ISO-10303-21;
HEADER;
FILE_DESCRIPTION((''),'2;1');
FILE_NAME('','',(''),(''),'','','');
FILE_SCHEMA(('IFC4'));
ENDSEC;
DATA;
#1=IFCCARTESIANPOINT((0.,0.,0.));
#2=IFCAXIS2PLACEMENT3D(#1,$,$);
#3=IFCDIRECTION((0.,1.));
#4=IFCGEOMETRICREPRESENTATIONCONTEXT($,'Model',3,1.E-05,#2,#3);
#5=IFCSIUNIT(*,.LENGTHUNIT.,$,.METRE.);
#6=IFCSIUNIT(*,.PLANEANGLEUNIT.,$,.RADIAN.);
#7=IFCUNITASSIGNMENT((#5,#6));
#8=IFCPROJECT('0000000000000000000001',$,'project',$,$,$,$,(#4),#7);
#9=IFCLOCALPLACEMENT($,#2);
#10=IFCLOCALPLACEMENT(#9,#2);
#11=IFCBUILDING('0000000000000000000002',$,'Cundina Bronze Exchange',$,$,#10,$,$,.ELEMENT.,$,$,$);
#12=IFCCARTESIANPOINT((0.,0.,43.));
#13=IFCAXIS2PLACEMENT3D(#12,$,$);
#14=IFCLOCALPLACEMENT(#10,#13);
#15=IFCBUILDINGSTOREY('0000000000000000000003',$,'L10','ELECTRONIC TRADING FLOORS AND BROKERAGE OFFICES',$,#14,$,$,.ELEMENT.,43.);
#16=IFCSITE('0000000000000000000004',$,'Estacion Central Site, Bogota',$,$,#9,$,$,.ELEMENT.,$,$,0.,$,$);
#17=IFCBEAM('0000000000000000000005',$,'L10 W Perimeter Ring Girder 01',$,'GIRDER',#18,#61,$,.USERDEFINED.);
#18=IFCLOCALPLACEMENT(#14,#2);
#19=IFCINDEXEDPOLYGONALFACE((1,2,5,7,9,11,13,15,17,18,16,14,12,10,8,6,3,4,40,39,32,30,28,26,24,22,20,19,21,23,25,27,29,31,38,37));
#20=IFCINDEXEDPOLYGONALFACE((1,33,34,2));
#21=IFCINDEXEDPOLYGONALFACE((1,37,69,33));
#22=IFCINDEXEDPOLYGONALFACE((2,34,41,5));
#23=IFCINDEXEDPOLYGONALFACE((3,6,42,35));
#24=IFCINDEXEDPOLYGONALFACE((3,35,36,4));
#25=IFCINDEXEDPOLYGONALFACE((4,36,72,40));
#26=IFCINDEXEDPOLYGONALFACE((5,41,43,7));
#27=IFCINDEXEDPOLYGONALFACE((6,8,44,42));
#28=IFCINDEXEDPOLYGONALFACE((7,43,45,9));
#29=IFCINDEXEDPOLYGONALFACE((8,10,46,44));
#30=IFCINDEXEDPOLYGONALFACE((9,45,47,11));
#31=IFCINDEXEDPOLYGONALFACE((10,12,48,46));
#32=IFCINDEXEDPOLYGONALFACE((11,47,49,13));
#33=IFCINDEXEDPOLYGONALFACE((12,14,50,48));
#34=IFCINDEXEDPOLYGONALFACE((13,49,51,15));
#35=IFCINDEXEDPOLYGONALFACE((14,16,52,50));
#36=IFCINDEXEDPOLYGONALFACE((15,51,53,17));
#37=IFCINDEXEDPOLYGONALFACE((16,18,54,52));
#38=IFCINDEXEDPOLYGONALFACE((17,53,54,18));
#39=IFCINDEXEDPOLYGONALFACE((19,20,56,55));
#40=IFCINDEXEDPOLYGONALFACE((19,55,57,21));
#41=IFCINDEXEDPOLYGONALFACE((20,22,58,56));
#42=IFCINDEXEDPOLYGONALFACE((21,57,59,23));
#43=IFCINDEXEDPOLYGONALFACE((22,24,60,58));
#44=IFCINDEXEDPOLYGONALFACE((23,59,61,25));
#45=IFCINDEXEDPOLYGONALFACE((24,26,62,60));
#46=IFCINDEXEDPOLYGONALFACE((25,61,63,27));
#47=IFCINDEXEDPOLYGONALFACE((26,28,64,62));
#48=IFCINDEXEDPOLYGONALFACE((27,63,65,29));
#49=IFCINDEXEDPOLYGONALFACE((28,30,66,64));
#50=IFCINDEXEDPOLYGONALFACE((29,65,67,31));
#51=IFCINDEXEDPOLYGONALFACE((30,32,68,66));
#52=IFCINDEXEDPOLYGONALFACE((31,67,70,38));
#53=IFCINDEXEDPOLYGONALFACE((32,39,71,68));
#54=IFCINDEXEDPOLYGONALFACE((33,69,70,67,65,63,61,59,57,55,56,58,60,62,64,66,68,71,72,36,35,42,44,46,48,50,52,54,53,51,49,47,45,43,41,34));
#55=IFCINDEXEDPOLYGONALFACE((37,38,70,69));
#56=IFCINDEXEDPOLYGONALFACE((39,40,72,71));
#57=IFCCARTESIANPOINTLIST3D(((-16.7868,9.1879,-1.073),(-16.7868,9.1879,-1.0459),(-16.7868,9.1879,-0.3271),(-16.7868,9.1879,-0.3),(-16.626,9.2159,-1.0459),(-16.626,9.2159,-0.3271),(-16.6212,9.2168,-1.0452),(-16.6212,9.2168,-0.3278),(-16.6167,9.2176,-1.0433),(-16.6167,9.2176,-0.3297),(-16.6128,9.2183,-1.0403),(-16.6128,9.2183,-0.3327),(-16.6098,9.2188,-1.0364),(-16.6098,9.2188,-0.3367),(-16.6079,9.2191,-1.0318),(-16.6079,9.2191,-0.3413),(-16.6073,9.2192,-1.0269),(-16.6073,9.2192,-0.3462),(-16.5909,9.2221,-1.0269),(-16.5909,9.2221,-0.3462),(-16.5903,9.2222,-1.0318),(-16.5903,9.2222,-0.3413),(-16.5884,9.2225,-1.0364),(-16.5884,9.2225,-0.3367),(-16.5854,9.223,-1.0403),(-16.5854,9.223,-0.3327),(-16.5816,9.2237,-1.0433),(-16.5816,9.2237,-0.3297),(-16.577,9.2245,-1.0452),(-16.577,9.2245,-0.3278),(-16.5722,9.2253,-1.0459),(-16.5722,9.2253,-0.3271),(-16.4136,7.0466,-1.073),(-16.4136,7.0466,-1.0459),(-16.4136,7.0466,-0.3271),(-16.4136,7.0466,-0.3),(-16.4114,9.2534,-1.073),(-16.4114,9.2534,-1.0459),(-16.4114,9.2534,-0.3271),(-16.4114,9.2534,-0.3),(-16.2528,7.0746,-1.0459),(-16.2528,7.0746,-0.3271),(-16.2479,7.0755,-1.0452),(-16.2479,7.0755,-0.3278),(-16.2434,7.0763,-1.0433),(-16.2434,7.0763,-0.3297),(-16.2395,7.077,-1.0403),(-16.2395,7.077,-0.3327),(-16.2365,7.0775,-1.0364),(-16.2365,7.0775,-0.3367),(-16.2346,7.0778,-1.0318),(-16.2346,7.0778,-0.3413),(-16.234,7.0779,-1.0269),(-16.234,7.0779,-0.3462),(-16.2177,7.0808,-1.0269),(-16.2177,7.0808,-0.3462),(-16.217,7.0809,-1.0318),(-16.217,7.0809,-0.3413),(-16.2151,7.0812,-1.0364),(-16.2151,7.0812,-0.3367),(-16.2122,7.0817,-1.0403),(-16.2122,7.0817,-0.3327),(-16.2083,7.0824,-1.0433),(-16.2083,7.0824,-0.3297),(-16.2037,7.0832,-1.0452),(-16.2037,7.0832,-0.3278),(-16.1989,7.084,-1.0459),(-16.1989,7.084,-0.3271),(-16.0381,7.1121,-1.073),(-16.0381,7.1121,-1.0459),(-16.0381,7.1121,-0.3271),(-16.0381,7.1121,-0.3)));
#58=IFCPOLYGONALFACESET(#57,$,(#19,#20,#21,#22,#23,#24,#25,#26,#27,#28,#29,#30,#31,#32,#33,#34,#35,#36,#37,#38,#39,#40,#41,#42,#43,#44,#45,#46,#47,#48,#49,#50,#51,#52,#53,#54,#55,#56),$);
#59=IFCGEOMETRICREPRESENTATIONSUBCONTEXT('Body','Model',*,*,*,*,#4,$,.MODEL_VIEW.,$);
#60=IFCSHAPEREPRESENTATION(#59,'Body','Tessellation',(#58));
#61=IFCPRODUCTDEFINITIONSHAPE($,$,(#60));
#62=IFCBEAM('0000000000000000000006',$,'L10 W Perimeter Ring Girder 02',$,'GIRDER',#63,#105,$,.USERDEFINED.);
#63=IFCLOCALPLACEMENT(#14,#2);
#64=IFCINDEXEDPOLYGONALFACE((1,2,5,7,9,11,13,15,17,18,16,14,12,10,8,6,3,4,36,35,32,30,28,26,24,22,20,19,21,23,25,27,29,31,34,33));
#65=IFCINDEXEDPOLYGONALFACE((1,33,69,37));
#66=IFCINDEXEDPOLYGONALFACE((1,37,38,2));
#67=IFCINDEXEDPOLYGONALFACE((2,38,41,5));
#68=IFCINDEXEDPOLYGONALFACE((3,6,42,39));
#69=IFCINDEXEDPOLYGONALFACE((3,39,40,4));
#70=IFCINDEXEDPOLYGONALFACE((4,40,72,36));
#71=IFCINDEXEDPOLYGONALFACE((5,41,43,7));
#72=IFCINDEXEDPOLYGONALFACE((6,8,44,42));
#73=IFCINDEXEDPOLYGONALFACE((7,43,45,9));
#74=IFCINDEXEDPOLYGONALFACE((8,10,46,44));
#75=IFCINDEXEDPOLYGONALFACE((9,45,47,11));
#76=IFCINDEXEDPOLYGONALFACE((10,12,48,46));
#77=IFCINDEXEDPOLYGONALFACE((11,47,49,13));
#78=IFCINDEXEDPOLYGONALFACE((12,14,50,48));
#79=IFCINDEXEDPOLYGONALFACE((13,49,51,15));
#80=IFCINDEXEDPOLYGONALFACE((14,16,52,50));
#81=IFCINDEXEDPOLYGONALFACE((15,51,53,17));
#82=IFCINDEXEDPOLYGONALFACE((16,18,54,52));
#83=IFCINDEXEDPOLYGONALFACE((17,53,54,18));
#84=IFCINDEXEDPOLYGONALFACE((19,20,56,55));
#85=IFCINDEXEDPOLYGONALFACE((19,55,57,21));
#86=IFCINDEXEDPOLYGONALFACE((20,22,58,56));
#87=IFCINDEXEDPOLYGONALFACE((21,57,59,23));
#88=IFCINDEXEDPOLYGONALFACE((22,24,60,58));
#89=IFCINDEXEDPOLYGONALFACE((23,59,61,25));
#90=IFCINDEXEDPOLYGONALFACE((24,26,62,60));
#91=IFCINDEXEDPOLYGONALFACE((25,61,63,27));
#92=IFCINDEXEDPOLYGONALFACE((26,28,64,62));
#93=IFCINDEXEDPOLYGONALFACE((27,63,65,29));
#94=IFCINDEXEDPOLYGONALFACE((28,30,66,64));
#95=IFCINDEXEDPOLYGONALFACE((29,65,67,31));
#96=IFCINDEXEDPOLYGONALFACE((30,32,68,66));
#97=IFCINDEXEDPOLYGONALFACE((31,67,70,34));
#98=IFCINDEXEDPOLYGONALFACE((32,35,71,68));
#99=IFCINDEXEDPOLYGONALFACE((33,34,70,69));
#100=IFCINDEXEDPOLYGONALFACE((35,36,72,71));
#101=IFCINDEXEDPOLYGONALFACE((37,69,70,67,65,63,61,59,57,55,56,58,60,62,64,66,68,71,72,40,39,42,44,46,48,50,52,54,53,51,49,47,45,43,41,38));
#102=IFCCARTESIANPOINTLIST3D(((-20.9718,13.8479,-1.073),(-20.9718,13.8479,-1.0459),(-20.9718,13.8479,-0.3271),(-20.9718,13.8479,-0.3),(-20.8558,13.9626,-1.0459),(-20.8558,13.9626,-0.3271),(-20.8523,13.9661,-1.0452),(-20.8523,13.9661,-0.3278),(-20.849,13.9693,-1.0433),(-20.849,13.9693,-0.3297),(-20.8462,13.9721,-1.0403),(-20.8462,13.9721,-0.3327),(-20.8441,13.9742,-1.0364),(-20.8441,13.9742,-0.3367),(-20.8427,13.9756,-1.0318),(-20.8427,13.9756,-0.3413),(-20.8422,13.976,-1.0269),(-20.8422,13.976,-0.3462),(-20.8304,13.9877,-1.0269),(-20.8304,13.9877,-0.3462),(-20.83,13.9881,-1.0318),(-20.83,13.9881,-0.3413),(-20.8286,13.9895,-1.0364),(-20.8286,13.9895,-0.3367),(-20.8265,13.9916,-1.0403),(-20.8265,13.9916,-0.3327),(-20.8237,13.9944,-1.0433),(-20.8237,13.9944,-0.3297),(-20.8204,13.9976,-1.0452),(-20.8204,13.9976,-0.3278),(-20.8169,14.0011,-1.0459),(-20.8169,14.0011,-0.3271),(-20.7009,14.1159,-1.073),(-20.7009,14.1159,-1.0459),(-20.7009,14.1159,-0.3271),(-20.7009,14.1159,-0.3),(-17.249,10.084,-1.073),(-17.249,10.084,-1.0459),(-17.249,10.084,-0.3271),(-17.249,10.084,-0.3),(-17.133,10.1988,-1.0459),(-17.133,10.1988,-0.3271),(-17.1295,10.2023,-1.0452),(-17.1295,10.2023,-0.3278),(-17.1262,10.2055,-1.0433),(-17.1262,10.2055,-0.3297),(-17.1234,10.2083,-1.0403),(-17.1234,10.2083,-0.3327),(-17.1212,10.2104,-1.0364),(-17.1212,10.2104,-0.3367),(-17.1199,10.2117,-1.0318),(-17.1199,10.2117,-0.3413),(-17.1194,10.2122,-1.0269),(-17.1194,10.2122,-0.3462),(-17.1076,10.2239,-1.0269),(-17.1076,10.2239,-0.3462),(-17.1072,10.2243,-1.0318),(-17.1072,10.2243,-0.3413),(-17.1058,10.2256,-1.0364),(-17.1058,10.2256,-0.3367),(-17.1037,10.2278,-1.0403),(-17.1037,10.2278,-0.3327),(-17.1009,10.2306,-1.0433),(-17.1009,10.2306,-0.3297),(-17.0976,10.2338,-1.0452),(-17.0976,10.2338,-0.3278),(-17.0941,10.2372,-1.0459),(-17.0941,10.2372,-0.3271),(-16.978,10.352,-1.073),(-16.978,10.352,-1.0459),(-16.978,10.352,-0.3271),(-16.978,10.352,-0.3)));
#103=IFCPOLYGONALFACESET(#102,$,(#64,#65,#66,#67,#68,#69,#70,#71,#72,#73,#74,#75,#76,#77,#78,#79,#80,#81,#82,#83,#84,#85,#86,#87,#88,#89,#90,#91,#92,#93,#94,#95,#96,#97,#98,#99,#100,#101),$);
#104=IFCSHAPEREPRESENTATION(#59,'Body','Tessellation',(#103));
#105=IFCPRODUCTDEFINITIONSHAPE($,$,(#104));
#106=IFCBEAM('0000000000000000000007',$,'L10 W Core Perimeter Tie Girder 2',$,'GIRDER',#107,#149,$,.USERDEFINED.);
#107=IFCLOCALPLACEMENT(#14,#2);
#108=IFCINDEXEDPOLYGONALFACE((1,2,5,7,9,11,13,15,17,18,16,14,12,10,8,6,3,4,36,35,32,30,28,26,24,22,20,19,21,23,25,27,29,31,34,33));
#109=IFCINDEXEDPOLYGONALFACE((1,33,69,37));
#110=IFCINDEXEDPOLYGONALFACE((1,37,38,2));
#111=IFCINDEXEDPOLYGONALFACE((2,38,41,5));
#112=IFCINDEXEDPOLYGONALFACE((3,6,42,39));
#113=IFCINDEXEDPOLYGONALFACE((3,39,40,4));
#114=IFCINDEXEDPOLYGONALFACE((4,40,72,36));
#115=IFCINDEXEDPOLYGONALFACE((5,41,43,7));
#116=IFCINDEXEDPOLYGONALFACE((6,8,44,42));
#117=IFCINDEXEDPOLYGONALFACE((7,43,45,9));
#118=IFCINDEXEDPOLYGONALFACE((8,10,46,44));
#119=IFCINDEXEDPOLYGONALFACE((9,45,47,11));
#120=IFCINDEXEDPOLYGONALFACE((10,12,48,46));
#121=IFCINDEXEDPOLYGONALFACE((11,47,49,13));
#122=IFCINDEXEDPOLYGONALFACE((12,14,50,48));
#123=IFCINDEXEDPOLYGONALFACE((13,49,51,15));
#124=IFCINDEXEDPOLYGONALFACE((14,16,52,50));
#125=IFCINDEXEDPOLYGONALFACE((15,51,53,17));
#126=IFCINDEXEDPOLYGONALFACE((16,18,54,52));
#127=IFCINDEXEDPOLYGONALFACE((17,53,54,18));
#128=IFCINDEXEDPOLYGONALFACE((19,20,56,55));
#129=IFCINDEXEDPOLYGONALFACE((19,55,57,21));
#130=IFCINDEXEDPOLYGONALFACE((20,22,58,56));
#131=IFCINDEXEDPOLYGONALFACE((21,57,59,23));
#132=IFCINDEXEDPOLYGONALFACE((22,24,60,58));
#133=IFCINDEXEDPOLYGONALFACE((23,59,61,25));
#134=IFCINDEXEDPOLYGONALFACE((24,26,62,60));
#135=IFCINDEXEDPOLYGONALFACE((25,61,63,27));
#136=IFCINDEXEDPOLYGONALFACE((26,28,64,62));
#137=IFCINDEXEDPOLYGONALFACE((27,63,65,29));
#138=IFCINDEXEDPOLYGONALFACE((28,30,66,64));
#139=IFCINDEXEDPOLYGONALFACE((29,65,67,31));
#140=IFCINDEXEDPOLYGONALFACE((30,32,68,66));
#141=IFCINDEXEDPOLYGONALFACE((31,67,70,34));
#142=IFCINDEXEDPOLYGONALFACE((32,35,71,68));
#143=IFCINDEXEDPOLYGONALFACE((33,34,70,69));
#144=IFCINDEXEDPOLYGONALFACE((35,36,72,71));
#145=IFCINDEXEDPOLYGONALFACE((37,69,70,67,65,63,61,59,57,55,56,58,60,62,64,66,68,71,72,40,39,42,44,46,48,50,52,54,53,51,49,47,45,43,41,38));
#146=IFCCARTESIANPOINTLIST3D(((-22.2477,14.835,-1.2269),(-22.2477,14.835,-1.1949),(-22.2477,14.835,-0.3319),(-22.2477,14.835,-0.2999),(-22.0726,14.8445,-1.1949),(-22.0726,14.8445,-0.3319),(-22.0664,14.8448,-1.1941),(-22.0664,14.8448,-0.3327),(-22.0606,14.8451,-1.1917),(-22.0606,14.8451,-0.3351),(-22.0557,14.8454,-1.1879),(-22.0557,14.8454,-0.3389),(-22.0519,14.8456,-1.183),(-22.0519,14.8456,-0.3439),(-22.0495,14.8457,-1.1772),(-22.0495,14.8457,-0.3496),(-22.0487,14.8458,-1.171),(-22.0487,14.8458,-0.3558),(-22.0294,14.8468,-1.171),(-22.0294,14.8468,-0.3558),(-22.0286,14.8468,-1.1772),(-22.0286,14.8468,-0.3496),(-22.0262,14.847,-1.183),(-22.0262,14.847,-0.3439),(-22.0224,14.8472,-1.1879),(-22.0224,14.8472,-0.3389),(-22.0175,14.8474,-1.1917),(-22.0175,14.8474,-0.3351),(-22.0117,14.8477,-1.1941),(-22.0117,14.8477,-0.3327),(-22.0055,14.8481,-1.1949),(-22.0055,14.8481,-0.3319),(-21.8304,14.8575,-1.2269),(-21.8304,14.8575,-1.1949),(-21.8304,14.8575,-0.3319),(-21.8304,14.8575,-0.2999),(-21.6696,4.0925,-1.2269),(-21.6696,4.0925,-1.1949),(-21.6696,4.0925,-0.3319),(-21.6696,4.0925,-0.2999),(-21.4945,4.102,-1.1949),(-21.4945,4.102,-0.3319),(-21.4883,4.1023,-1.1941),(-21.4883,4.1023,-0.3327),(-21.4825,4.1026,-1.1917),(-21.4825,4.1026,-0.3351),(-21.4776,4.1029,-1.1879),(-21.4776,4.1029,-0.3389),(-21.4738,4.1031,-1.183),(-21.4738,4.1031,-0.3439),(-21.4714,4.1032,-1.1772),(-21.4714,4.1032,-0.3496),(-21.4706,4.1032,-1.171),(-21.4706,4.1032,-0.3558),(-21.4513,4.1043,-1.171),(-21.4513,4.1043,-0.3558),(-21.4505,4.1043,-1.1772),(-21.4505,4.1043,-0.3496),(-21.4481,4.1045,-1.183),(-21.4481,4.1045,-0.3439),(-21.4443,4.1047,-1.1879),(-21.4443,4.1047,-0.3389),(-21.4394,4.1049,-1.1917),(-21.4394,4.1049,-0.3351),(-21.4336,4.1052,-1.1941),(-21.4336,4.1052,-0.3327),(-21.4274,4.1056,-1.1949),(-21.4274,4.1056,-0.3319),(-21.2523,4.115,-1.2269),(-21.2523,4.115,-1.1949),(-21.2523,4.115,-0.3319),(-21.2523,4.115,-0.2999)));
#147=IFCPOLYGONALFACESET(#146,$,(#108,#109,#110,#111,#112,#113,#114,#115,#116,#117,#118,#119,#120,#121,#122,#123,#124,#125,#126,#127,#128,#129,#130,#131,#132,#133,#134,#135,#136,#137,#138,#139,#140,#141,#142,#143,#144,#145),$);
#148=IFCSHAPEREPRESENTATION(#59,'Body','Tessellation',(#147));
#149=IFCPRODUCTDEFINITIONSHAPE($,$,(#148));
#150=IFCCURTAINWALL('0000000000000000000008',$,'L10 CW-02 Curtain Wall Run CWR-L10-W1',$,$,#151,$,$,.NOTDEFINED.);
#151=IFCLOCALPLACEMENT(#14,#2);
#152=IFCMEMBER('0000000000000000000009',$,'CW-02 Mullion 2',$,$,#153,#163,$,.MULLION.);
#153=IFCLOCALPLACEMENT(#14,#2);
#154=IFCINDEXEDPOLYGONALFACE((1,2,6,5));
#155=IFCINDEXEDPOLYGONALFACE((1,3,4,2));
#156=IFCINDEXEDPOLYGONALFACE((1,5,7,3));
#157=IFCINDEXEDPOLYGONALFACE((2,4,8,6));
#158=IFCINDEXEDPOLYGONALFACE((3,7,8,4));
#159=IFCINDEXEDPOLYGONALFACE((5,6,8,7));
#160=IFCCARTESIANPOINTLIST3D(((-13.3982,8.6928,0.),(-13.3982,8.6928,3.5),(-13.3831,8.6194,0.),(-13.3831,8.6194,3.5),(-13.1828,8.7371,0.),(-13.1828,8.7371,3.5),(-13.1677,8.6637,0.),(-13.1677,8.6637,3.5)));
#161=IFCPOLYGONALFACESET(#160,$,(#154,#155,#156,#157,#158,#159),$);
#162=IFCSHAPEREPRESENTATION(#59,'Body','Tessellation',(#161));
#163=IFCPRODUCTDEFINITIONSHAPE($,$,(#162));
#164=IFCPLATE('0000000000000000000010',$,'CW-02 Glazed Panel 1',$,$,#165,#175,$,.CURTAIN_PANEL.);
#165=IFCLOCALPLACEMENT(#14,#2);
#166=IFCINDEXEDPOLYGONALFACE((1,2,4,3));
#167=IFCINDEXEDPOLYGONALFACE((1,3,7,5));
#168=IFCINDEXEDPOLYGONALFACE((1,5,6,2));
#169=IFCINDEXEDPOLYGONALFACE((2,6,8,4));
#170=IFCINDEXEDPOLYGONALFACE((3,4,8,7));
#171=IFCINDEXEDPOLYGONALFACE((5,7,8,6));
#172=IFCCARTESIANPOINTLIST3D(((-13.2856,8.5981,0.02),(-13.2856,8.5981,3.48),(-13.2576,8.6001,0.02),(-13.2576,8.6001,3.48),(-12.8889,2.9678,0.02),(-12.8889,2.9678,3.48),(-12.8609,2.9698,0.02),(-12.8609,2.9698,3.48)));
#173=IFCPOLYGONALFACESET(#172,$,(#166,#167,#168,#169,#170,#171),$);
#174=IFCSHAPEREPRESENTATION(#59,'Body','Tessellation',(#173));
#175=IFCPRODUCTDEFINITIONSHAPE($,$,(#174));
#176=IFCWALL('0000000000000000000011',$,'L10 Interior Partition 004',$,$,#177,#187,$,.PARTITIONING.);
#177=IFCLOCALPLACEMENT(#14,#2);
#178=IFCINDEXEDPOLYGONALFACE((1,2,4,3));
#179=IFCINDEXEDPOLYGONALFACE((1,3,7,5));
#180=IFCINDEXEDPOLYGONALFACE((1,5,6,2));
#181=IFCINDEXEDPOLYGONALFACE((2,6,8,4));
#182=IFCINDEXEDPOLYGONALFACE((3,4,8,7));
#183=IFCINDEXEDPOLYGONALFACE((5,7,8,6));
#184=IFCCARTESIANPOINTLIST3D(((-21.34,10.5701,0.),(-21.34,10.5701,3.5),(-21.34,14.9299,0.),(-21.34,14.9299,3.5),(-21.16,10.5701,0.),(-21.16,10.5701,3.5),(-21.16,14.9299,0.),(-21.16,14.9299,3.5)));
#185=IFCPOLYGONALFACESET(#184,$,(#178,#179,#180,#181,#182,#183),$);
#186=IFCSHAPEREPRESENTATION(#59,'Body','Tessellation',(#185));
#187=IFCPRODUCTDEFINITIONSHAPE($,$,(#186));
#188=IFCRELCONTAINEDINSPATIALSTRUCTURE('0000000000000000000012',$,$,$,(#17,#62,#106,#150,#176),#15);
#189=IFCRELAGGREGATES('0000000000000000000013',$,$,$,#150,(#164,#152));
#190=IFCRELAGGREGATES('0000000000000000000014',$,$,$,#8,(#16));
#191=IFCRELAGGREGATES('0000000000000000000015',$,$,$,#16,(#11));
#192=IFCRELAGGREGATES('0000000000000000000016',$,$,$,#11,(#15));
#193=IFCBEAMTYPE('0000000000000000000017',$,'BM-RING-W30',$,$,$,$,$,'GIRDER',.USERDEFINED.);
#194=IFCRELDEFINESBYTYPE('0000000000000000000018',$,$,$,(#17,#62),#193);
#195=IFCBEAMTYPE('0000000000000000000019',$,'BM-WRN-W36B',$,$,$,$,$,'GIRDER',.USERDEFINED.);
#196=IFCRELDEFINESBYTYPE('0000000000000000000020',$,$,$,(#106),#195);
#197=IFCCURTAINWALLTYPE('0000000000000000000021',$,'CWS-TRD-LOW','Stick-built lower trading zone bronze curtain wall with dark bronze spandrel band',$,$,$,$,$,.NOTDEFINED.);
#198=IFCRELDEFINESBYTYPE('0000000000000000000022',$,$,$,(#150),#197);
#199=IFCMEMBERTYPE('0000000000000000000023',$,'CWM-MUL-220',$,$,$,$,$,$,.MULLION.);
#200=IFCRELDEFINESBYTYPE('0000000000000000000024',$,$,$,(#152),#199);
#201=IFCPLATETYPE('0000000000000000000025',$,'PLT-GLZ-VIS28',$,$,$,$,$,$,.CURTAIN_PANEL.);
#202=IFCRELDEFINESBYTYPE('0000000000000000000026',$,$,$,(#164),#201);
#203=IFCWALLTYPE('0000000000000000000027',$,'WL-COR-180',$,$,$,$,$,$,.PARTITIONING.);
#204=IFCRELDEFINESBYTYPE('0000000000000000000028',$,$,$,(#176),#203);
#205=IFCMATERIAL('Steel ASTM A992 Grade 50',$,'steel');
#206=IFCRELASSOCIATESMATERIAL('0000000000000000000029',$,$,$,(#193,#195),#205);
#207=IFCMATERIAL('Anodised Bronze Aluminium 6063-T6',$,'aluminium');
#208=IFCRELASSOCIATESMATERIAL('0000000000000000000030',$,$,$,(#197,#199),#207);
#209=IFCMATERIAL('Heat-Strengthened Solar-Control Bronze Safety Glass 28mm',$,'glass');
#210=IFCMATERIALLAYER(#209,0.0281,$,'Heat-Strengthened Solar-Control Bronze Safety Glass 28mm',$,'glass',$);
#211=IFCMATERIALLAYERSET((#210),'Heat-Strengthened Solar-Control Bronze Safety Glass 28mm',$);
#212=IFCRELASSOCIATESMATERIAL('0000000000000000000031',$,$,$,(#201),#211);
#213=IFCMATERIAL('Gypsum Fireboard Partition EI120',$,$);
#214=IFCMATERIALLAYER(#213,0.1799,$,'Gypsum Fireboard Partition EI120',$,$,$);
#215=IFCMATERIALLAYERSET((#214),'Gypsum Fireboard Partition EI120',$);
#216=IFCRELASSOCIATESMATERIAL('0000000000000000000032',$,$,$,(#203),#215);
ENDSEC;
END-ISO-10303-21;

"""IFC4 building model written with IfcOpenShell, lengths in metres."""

from ifc_helpers import new_model, si_unit, direction, frame, frame_2d, origin, origin_2d, place, context, subcontext, project, spatial, rectangle, i_section, extrude, material, layer, layer_set, material_profile, profile_set, type_object, element, aggregate, save


model = new_model("IFC4")

# Units and contexts
model_context = context("Model", 3, precision=1e-05, world=origin(), true_north=direction((0.0, 1.0)))
body_context = subcontext(model_context, "Body", "Model", "MODEL_VIEW")
ifc_project = project(units=[si_unit("LENGTHUNIT", "METRE"), si_unit("PLANEANGLEUNIT", "RADIAN")], contexts=[model_context])

# Site, building, storey
site_placement = place(None, origin())
site = spatial("IfcSite", under=ifc_project, at=site_placement, Name="Estacion Central Site, Bogota", CompositionType="ELEMENT", RefElevation=0.0)
building_placement = place(site_placement, origin())
building = spatial("IfcBuilding", under=site, at=building_placement, Name="Cundina Bronze Exchange", CompositionType="ELEMENT")
storey_placement = place(building_placement, frame((0.0, 0.0, 43.0)))
storey = spatial("IfcBuildingStorey", under=building, at=storey_placement, Name="L10", Description="ELECTRONIC TRADING FLOORS AND BROKERAGE OFFICES", CompositionType="ELEMENT", Elevation=43.0)

# Beams
ifc_material_1 = material(Name="Steel ASTM A992 Grade 50", Category="steel")
ifc_material_profile_1 = material_profile(ifc_material_1, i_section(OverallWidth=0.3811, OverallDepth=0.7729, WebThickness=0.0166, FlangeThickness=0.0271, FilletRadius=0.019, at=origin_2d()), Name="W30X173", Category="steel")
ifc_profile_set_1 = profile_set([ifc_material_profile_1], Name="Steel ASTM A992 Grade 50")
beam_type_1 = type_object("IfcBeamType", Name="BM-RING-W30", ElementType="GIRDER", PredefinedType="USERDEFINED", material=ifc_profile_set_1)
beam_1_placement = place(storey_placement, frame((-16.2258, 7.0793, -0.6865), z_axis=(-0.171735, 0.985143, 0.0), x_axis=(-0.985143, -0.171735, 0.0)))
element("IfcBeam", 1, at=beam_1_placement, inside=storey, type_object=beam_type_1, Name="L10 W Perimeter Ring Girder 01", ObjectType="GIRDER", PredefinedType="USERDEFINED", context=body_context, shape_type="SweptSolid", body=[
    extrude(i_section(OverallWidth=0.3811, OverallDepth=0.7729, WebThickness=0.0166, FlangeThickness=0.0271, FilletRadius=0.019, at=origin_2d()), origin(), (0.0, 0.0, 1.0), 2.1736),
])
beam_2_placement = place(storey_placement, frame((-17.1135, 10.218, -0.6865), z_axis=(-0.703222, 0.71097, 0.0), x_axis=(-0.71097, -0.703222, 0.0)))
element("IfcBeam", 2, at=beam_2_placement, inside=storey, type_object=beam_type_1, Name="L10 W Perimeter Ring Girder 02", ObjectType="GIRDER", PredefinedType="USERDEFINED", context=body_context, shape_type="SweptSolid", body=[
    extrude(i_section(OverallWidth=0.3811, OverallDepth=0.7729, WebThickness=0.0166, FlangeThickness=0.0271, FilletRadius=0.019, at=origin_2d()), origin(), (0.0, 0.0, 1.0), 5.2939),
])
ifc_material_profile_2 = material_profile(ifc_material_1, i_section(OverallWidth=0.418, OverallDepth=0.927, WebThickness=0.0193, FlangeThickness=0.032, FilletRadius=0.0239, at=origin_2d()), Name="W36X231", Category="steel")
ifc_profile_set_2 = profile_set([ifc_material_profile_2], Name="Steel ASTM A992 Grade 50")
beam_type_2 = type_object("IfcBeamType", Name="BM-WRN-W36B", ElementType="GIRDER", PredefinedType="USERDEFINED", material=ifc_profile_set_2)
beam_3_placement = place(storey_placement, frame((-21.4609, 4.1038, -0.7634), z_axis=(-0.053739, 0.998555, 0.0), x_axis=(-0.998555, -0.053739, 0.0)))
element("IfcBeam", 3, at=beam_3_placement, inside=storey, type_object=beam_type_2, Name="L10 W Core Perimeter Tie Girder 2", ObjectType="GIRDER", PredefinedType="USERDEFINED", context=body_context, shape_type="SweptSolid", body=[
    extrude(i_section(OverallWidth=0.418, OverallDepth=0.927, WebThickness=0.0193, FlangeThickness=0.032, FilletRadius=0.0239, at=origin_2d()), origin(), (0.0, 0.0, 1.0), 10.7581),
])

# Curtain wall, member, plate
ifc_material_2 = material(Name="Anodised Bronze Aluminium 6063-T6", Category="aluminium")
curtain_wall_type = type_object("IfcCurtainWallType", Name="CWS-TRD-LOW", Description="Stick-built lower trading zone bronze curtain wall with dark bronze spandrel band", PredefinedType="NOTDEFINED", material=ifc_material_2)
curtain_wall_placement = place(storey_placement, origin())
curtain_wall = element("IfcCurtainWall", 4, at=curtain_wall_placement, inside=storey, type_object=curtain_wall_type, Name="L10 CW-02 Curtain Wall Run CWR-L10-W1", PredefinedType="NOTDEFINED")
ifc_material_profile_3 = material_profile(ifc_material_2, rectangle(XDim=0.075, YDim=0.22, at=origin_2d()), Name="AL75X220", Category="aluminium")
ifc_profile_set_3 = profile_set([ifc_material_profile_3], Name="Anodised Bronze Aluminium 6063-T6")
member_type = type_object("IfcMemberType", Name="CWM-MUL-220", PredefinedType="MULLION", material=ifc_profile_set_3)
member_placement = place(storey_placement, frame((-13.283, 8.6782, 0.0), z_axis=(0.0, 0.0, 1.0), x_axis=(-0.20142, 0.979505, 0.0)))
member = element("IfcMember", 5, at=member_placement, type_object=member_type, Name="CW-02 Mullion 2", PredefinedType="MULLION", context=body_context, shape_type="SweptSolid", body=[
    extrude(rectangle(XDim=0.075, YDim=0.22, at=origin_2d()), origin(), (0.0, 0.0, 1.0), 3.5),
])
ifc_material_3 = material(Name="Heat-Strengthened Solar-Control Bronze Safety Glass 28mm", Category="glass")
ifc_layer_1 = layer(ifc_material_3, 0.0281, Name="Heat-Strengthened Solar-Control Bronze Safety Glass 28mm", Category="glass")
ifc_layer_set_1 = layer_set([ifc_layer_1], Name="Heat-Strengthened Solar-Control Bronze Safety Glass 28mm")
plate_type = type_object("IfcPlateType", Name="PLT-GLZ-VIS28", PredefinedType="CURTAIN_PANEL", material=ifc_layer_set_1)
plate_placement = place(storey_placement, frame((-13.0732, 5.7839, 0.02), z_axis=(0.0, 0.0, 1.0), x_axis=(-0.070279, 0.997527, 0.0)))
plate = element("IfcPlate", 6, at=plate_placement, type_object=plate_type, Name="CW-02 Glazed Panel 1", PredefinedType="CURTAIN_PANEL", context=body_context, shape_type="SweptSolid", body=[
    extrude(rectangle(XDim=5.6443, YDim=0.0281, at=origin_2d()), origin(), (0.0, 0.0, 1.0), 3.46),
])
aggregate(curtain_wall, [plate, member])

# Wall
ifc_material_4 = material(Name="Gypsum Fireboard Partition EI120")
ifc_layer_2 = layer(ifc_material_4, 0.1799, Name="Gypsum Fireboard Partition EI120")
ifc_layer_set_2 = layer_set([ifc_layer_2], Name="Gypsum Fireboard Partition EI120")
wall_type_1 = type_object("IfcWallType", Name="WL-COR-180", PredefinedType="PARTITIONING", material=ifc_layer_set_2)
wall_1_placement = place(storey_placement, frame((-21.25, 10.5701, 0.0), z_axis=(0.0, 0.0, 1.0), x_axis=(0.0, 1.0, 0.0)))
element("IfcWall", 7, at=wall_1_placement, inside=storey, type_object=wall_type_1, Name="L10 Interior Partition 004", PredefinedType="PARTITIONING", context=body_context, shape_type="SweptSolid", body=[
    extrude(rectangle(XDim=4.3599, YDim=0.1799, at=frame_2d((2.1799, 0.0))), origin(), (0.0, 0.0, 1.0), 3.5),
])

save(model, "model.ifc")
